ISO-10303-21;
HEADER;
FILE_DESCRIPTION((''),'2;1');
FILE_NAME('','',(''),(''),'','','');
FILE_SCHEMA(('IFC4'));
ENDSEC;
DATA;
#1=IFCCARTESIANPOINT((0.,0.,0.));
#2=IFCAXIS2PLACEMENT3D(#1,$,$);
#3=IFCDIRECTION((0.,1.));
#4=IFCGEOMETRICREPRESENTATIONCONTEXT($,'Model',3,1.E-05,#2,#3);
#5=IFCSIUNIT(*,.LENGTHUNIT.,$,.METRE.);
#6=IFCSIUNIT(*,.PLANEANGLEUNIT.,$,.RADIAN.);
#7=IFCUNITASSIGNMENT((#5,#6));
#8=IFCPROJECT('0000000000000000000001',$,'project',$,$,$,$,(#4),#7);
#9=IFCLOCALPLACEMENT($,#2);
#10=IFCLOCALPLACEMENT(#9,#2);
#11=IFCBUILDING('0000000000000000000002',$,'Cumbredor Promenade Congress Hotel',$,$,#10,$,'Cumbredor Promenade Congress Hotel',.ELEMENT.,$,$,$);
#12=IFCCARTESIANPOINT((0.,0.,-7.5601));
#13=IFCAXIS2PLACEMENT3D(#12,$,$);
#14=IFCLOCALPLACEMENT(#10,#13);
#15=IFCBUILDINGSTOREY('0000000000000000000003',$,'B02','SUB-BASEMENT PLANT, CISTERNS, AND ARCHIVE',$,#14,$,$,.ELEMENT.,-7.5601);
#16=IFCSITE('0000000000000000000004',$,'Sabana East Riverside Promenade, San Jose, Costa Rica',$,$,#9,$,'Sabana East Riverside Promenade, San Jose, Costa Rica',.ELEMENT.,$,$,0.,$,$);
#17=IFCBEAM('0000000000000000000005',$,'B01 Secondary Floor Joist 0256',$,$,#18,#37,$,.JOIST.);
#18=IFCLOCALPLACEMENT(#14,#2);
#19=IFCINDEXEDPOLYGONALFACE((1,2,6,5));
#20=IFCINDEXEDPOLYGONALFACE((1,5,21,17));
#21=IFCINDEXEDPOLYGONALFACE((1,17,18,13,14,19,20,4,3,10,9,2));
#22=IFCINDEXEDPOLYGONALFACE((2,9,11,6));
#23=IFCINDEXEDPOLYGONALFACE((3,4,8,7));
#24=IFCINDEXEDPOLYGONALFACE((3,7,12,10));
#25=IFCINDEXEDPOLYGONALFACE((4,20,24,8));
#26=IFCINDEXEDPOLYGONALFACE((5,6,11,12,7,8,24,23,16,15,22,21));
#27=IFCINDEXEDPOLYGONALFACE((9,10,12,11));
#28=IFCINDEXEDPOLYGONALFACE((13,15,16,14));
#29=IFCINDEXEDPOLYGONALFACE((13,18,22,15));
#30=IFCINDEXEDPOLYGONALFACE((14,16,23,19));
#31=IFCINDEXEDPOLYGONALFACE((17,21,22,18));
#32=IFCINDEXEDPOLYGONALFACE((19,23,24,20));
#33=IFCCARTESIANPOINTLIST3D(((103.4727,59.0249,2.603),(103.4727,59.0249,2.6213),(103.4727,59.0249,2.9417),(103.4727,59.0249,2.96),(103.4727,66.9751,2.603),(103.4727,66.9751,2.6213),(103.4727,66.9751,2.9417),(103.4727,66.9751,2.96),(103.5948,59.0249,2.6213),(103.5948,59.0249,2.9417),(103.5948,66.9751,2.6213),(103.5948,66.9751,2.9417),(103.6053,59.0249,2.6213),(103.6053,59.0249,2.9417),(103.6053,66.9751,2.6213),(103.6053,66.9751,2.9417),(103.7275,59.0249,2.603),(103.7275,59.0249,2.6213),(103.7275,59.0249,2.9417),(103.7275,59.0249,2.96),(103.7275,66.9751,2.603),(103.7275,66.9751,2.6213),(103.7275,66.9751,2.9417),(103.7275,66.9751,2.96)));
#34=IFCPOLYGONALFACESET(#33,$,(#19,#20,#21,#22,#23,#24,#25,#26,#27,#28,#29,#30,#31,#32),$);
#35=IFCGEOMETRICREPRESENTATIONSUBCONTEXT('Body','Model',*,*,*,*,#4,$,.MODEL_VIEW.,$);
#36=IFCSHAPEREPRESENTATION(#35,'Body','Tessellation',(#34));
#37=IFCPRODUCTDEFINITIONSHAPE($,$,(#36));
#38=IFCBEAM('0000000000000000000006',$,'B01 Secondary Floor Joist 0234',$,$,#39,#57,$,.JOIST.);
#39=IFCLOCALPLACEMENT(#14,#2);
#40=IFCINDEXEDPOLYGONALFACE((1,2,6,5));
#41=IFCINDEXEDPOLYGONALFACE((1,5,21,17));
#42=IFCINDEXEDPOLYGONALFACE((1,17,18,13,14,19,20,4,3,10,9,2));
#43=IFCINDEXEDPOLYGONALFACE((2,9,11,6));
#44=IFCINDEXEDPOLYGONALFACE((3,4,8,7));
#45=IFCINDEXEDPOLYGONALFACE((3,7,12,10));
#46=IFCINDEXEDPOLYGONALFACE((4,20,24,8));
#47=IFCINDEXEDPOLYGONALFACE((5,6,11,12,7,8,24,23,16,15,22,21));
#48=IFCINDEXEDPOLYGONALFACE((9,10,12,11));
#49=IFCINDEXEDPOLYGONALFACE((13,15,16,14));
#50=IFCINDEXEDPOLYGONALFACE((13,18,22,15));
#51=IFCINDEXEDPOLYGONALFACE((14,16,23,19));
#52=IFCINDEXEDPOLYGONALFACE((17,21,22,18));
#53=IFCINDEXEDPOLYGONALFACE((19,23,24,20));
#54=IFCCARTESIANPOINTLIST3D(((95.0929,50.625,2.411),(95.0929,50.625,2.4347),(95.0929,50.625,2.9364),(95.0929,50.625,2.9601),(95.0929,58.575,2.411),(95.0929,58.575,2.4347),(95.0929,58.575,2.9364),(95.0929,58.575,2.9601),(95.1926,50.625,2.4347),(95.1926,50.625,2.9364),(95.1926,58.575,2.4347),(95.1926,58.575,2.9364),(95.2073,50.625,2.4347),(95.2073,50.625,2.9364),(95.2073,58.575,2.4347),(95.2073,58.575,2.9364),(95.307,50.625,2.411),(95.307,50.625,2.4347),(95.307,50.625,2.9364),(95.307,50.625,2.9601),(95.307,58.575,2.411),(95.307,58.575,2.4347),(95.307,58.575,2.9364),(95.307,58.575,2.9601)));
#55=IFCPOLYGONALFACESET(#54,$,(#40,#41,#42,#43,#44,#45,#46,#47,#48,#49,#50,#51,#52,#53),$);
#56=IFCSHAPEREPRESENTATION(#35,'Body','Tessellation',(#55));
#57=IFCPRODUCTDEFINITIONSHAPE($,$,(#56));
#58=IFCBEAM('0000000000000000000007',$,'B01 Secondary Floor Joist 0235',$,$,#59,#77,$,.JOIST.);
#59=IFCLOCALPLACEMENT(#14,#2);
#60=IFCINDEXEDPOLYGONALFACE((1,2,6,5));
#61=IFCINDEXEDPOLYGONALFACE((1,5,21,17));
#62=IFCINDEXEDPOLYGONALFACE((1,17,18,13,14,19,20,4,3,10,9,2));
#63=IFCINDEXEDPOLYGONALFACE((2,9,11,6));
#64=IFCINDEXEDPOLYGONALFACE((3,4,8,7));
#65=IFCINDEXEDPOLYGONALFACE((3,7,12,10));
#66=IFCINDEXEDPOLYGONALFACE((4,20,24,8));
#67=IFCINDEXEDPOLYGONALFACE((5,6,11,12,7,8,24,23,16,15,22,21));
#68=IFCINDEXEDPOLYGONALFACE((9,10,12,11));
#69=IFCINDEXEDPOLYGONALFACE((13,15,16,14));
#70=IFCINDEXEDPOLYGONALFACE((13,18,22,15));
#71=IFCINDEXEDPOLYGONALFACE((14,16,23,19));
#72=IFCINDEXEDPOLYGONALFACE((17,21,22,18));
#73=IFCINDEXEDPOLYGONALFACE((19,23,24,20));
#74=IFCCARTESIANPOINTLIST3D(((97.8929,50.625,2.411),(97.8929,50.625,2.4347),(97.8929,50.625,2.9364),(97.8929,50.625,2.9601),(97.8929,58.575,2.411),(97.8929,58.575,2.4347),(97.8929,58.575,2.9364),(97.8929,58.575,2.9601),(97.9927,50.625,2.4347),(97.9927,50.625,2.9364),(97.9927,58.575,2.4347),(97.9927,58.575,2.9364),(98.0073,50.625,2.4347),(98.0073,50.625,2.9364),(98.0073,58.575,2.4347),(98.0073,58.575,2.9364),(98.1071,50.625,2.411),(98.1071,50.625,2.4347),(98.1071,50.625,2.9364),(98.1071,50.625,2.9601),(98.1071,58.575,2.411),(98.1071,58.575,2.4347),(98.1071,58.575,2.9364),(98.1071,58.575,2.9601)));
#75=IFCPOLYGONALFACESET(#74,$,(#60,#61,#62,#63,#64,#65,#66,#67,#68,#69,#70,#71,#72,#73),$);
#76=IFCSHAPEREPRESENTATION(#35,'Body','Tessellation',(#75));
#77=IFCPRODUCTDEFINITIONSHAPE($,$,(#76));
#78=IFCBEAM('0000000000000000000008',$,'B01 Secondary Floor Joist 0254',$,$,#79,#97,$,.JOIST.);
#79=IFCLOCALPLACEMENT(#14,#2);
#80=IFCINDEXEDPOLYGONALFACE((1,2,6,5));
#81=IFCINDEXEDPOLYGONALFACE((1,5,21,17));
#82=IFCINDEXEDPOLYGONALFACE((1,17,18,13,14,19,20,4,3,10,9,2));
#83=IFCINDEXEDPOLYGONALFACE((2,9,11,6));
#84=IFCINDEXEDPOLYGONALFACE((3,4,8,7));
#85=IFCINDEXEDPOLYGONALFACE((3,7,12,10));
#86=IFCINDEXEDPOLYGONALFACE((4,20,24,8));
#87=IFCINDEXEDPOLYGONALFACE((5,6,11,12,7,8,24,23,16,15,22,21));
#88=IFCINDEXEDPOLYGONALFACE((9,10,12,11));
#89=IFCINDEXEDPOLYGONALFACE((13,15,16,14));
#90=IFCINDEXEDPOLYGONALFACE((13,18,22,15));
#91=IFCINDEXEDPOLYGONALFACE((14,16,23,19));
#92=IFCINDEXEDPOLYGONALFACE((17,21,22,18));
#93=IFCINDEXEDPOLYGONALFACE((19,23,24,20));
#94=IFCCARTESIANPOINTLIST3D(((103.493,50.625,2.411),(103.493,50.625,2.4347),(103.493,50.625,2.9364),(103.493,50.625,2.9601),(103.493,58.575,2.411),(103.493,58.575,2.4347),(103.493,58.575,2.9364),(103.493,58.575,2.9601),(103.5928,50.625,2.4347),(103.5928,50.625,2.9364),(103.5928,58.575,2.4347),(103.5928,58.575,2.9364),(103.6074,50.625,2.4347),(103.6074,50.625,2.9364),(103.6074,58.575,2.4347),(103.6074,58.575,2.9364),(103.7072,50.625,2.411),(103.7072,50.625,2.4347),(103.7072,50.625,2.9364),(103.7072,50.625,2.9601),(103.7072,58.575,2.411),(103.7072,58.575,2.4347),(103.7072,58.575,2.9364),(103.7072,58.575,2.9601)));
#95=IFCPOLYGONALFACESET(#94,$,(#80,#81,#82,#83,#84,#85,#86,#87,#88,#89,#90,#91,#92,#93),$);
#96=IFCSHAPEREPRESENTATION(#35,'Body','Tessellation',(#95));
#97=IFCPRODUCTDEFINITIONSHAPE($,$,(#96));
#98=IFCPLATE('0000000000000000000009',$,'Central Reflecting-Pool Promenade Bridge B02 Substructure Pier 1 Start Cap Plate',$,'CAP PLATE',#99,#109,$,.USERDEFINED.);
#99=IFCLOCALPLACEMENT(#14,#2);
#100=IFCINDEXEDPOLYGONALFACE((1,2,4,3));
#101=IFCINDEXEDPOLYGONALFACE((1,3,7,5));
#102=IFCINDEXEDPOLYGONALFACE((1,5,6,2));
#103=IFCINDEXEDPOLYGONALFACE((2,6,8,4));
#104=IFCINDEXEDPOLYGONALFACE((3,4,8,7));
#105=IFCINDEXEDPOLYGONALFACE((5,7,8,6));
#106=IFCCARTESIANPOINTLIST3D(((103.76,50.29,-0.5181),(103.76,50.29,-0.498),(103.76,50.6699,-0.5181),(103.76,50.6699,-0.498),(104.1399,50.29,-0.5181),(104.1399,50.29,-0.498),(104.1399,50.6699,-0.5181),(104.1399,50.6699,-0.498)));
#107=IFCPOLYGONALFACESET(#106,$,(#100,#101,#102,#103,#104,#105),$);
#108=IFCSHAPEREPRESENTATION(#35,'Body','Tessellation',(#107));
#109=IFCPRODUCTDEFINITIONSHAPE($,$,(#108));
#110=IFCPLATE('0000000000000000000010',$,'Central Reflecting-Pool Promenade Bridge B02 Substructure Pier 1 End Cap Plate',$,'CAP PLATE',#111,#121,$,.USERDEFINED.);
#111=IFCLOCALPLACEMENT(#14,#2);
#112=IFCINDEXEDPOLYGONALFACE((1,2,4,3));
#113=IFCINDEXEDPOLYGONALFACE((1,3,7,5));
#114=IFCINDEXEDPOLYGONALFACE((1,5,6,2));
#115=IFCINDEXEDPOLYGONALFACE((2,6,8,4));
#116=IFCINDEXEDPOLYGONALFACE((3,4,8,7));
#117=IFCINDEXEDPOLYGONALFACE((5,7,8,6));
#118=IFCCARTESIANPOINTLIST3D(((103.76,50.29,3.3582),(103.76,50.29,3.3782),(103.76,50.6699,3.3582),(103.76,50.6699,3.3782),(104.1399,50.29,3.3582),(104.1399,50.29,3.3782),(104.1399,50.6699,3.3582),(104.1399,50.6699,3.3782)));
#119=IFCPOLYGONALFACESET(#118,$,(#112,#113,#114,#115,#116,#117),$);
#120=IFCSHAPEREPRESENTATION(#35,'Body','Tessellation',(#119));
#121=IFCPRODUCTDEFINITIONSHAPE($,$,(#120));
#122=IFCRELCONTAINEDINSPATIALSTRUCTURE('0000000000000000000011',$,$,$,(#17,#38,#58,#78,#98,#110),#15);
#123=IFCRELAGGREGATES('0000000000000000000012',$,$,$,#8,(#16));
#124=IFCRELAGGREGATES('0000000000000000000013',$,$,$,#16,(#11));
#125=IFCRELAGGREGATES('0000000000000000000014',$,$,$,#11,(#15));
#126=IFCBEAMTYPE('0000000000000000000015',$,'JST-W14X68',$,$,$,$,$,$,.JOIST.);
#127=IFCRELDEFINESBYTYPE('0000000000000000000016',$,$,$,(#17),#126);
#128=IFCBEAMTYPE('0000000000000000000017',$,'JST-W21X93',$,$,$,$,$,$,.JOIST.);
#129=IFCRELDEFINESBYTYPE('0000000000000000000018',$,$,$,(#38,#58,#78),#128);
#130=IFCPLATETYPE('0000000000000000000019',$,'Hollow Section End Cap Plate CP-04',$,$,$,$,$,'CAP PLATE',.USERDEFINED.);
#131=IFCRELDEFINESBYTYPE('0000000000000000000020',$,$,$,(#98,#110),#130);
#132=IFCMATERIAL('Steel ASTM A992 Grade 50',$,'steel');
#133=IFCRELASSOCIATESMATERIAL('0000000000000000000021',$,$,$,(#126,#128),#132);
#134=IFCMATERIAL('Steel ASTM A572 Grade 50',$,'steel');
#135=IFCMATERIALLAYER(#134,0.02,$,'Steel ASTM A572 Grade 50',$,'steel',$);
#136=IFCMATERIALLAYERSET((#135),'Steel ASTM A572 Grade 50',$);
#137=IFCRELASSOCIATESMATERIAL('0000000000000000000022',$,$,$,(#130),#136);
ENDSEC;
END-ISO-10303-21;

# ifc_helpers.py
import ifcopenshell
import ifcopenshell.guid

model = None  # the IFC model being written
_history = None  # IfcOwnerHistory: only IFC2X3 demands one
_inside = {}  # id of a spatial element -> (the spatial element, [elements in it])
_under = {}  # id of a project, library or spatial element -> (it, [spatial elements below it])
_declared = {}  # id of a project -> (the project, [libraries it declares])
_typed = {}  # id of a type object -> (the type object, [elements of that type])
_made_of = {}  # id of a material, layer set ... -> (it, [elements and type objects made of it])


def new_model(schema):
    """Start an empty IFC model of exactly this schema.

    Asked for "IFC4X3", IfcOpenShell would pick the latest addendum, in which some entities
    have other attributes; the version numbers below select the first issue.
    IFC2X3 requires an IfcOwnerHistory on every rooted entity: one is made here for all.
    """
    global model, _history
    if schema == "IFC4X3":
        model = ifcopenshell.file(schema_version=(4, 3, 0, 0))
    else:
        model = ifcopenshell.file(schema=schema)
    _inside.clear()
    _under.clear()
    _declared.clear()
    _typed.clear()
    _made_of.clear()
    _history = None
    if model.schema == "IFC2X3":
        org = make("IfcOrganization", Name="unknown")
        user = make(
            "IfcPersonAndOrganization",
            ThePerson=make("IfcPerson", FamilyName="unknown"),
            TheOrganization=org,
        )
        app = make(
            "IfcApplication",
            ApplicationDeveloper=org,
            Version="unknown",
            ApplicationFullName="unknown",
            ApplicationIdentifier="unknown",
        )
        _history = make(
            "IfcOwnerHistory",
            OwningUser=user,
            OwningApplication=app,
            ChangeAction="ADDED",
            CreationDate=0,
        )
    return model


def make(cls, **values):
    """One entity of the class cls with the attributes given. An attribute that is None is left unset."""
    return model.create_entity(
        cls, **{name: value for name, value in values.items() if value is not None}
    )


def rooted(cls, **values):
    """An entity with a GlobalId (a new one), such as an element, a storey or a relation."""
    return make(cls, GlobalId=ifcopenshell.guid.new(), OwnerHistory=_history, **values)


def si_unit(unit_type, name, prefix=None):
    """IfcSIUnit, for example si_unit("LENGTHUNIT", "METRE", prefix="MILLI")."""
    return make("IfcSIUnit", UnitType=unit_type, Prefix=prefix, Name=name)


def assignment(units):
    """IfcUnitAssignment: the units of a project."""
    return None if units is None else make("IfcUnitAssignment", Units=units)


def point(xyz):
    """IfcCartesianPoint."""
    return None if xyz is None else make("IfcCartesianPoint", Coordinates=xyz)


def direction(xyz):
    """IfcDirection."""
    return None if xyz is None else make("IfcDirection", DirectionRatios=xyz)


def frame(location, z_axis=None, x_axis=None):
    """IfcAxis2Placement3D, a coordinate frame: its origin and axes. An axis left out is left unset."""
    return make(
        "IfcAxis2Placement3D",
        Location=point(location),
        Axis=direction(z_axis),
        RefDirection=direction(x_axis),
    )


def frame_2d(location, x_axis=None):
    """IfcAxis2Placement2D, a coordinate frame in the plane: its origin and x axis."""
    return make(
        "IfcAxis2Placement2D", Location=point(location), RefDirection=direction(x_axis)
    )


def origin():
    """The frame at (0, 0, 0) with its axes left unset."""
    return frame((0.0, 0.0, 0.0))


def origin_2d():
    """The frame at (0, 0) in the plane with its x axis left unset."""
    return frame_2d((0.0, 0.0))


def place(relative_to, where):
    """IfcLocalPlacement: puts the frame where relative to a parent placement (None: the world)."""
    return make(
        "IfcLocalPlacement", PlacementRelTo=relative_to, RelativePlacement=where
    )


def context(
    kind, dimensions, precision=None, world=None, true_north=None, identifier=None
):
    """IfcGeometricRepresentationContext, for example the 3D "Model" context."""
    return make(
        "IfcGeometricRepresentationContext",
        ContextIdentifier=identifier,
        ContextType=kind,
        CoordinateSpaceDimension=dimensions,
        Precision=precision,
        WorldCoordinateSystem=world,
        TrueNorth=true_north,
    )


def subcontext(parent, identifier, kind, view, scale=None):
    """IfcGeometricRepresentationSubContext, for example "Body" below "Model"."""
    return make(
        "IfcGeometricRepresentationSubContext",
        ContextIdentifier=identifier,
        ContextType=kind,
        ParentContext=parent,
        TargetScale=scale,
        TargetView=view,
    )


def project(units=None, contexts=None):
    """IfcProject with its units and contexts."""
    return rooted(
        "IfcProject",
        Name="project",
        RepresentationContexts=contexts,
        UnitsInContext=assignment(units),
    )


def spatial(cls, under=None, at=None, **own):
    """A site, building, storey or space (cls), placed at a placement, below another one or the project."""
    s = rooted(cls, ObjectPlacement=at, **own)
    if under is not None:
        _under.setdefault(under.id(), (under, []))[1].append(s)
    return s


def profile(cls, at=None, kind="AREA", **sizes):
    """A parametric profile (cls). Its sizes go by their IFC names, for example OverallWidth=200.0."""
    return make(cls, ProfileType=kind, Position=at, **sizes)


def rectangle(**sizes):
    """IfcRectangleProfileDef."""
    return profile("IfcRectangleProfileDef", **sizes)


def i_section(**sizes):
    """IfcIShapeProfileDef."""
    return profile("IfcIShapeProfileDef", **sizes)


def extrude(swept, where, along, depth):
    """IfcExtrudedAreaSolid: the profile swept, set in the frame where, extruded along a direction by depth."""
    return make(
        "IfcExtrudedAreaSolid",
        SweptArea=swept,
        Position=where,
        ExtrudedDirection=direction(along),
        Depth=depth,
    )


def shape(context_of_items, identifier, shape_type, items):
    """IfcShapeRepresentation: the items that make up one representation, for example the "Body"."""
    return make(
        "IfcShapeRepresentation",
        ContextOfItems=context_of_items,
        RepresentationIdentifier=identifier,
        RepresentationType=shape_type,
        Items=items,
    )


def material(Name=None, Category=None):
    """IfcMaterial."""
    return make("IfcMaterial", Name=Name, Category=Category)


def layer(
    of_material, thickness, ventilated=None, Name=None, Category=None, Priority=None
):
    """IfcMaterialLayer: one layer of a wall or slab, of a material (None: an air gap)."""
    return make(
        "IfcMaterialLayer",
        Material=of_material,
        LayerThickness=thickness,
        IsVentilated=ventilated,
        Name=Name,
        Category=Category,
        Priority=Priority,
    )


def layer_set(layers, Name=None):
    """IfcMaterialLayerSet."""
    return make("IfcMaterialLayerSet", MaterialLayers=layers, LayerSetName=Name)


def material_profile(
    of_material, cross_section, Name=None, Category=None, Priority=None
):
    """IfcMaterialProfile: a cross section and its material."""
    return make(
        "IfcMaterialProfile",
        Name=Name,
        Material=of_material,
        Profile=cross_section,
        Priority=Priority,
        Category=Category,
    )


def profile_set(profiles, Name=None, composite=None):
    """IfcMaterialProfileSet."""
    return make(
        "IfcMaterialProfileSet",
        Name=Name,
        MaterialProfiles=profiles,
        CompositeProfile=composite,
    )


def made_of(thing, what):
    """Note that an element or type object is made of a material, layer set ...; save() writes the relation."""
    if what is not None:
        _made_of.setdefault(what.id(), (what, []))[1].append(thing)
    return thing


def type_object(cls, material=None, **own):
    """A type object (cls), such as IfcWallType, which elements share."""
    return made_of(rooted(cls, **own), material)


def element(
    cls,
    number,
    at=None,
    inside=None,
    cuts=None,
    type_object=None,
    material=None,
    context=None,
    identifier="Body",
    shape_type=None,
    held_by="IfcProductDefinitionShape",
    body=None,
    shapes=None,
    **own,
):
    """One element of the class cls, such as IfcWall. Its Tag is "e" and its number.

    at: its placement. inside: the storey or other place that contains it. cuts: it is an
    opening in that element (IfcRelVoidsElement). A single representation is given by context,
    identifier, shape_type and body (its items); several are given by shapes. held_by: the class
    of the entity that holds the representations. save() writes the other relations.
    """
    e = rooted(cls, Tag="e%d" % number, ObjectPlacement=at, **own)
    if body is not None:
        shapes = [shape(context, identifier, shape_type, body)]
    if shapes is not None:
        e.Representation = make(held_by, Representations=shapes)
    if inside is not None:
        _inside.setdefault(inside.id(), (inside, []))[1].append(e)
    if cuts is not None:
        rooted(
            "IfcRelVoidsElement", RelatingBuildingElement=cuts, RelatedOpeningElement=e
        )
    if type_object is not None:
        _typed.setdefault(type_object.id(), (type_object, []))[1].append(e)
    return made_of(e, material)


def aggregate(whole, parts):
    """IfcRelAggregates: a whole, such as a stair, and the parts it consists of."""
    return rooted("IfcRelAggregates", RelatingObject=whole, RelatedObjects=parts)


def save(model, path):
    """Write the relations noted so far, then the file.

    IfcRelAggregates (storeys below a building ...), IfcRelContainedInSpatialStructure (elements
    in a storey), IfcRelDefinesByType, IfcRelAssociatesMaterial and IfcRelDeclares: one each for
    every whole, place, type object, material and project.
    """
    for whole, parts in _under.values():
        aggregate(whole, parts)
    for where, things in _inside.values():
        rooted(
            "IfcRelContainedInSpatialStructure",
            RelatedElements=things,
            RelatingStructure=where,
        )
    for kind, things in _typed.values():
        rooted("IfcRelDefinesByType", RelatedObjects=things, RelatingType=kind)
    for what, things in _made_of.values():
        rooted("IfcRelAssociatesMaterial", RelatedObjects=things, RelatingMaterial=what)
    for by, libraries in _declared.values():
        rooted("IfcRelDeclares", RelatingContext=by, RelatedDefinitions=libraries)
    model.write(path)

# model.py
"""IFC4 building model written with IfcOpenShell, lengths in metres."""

from ifc_helpers import new_model, si_unit, direction, frame, origin, origin_2d, place, context, subcontext, project, spatial, rectangle, i_section, extrude, material, layer, layer_set, material_profile, profile_set, type_object, element, save


model = new_model("IFC4")

# Units and contexts
model_context = context("Model", 3, precision=1e-05, world=origin(), true_north=direction((0.0, 1.0)))
body_context = subcontext(model_context, "Body", "Model", "MODEL_VIEW")
ifc_project = project(units=[si_unit("LENGTHUNIT", "METRE"), si_unit("PLANEANGLEUNIT", "RADIAN")], contexts=[model_context])

# Site, building, storey
site_placement = place(None, origin())
site = spatial("IfcSite", under=ifc_project, at=site_placement, Name="Sabana East Riverside Promenade, San Jose, Costa Rica", LongName="Sabana East Riverside Promenade, San Jose, Costa Rica", CompositionType="ELEMENT", RefElevation=0.0)
building_placement = place(site_placement, origin())
building = spatial("IfcBuilding", under=site, at=building_placement, Name="Cumbredor Promenade Congress Hotel", LongName="Cumbredor Promenade Congress Hotel", CompositionType="ELEMENT")
storey_placement = place(building_placement, frame((0.0, 0.0, -7.5601)))
storey = spatial("IfcBuildingStorey", under=building, at=storey_placement, Name="B02", Description="SUB-BASEMENT PLANT, CISTERNS, AND ARCHIVE", CompositionType="ELEMENT", Elevation=-7.5601)

# Beams
ifc_material_1 = material(Name="Steel ASTM A992 Grade 50", Category="steel")
ifc_material_profile_1 = material_profile(ifc_material_1, i_section(OverallWidth=0.2549, OverallDepth=0.3569, WebThickness=0.0105, FlangeThickness=0.0183, at=origin_2d()), Name="W14X68")
ifc_profile_set_1 = profile_set([ifc_material_profile_1], Name="Steel ASTM A992 Grade 50")
beam_type_1 = type_object("IfcBeamType", Name="JST-W14X68", PredefinedType="JOIST", material=ifc_profile_set_1)
for number, where, z_axis, x_axis, name in (
    (1, (103.6001, 59.0249, 2.7815), (0.0, 1.0, 0.0), (-1.0, 0.0, 0.0), "B01 Secondary Floor Joist 0256"),
):
    element("IfcBeam", number, at=place(storey_placement, frame(where, z_axis=z_axis, x_axis=x_axis)), inside=storey, type_object=beam_type_1, Name=name, PredefinedType="JOIST", context=body_context, shape_type="SweptSolid", body=[
        extrude(i_section(OverallWidth=0.2549, OverallDepth=0.3569, WebThickness=0.0105, FlangeThickness=0.0183, at=origin_2d()), origin(), (0.0, 0.0, 1.0), 7.9502),
    ])
ifc_material_profile_2 = material_profile(ifc_material_1, i_section(OverallWidth=0.2141, OverallDepth=0.5491, WebThickness=0.0146, FlangeThickness=0.0237, at=origin_2d()), Name="W21X93")
ifc_profile_set_2 = profile_set([ifc_material_profile_2], Name="Steel ASTM A992 Grade 50")
beam_type_2 = type_object("IfcBeamType", Name="JST-W21X93", PredefinedType="JOIST", material=ifc_profile_set_2)
for number, where, z_axis, x_axis, name in (
    (2, (95.2, 50.625, 2.6855), (0.0, 1.0, 0.0), (-1.0, 0.0, 0.0), "B01 Secondary Floor Joist 0234"),
    (3, (98.0, 50.625, 2.6855), (0.0, 1.0, 0.0), (-1.0, 0.0, 0.0), "B01 Secondary Floor Joist 0235"),
    (4, (103.6001, 50.625, 2.6855), (0.0, 1.0, 0.0), (-1.0, 0.0, 0.0), "B01 Secondary Floor Joist 0254"),
):
    element("IfcBeam", number, at=place(storey_placement, frame(where, z_axis=z_axis, x_axis=x_axis)), inside=storey, type_object=beam_type_2, Name=name, PredefinedType="JOIST", context=body_context, shape_type="SweptSolid", body=[
        extrude(i_section(OverallWidth=0.2141, OverallDepth=0.5491, WebThickness=0.0146, FlangeThickness=0.0237, at=origin_2d()), origin(), (0.0, 0.0, 1.0), 7.95),
    ])

# Plates
ifc_material_2 = material(Name="Steel ASTM A572 Grade 50", Category="steel")
ifc_layer = layer(ifc_material_2, 0.02, Name="Steel ASTM A572 Grade 50", Category="steel")
ifc_layer_set = layer_set([ifc_layer], Name="Steel ASTM A572 Grade 50")
plate_type = type_object("IfcPlateType", Name="Hollow Section End Cap Plate CP-04", ElementType="CAP PLATE", PredefinedType="USERDEFINED", material=ifc_layer_set)
for number, where, z_axis, x_axis, name in (
    (5, (103.95, 50.48, -0.5181), (0.0, 0.0, 1.0), (1.0, 0.0, 0.0), "Central Reflecting-Pool Promenade Bridge B02 Substructure Pier 1 Start Cap Plate"),
    (6, (103.95, 50.48, 3.3582), (0.0, 0.0, 1.0), (1.0, 0.0, 0.0), "Central Reflecting-Pool Promenade Bridge B02 Substructure Pier 1 End Cap Plate"),
):
    element("IfcPlate", number, at=place(storey_placement, frame(where, z_axis=z_axis, x_axis=x_axis)), inside=storey, type_object=plate_type, Name=name, ObjectType="CAP PLATE", PredefinedType="USERDEFINED", context=body_context, shape_type="SweptSolid", body=[
        extrude(rectangle(XDim=0.3799, YDim=0.3799, at=origin_2d()), origin(), (0.0, 0.0, 1.0), 0.02),
    ])

save(model, "model.ifc")
